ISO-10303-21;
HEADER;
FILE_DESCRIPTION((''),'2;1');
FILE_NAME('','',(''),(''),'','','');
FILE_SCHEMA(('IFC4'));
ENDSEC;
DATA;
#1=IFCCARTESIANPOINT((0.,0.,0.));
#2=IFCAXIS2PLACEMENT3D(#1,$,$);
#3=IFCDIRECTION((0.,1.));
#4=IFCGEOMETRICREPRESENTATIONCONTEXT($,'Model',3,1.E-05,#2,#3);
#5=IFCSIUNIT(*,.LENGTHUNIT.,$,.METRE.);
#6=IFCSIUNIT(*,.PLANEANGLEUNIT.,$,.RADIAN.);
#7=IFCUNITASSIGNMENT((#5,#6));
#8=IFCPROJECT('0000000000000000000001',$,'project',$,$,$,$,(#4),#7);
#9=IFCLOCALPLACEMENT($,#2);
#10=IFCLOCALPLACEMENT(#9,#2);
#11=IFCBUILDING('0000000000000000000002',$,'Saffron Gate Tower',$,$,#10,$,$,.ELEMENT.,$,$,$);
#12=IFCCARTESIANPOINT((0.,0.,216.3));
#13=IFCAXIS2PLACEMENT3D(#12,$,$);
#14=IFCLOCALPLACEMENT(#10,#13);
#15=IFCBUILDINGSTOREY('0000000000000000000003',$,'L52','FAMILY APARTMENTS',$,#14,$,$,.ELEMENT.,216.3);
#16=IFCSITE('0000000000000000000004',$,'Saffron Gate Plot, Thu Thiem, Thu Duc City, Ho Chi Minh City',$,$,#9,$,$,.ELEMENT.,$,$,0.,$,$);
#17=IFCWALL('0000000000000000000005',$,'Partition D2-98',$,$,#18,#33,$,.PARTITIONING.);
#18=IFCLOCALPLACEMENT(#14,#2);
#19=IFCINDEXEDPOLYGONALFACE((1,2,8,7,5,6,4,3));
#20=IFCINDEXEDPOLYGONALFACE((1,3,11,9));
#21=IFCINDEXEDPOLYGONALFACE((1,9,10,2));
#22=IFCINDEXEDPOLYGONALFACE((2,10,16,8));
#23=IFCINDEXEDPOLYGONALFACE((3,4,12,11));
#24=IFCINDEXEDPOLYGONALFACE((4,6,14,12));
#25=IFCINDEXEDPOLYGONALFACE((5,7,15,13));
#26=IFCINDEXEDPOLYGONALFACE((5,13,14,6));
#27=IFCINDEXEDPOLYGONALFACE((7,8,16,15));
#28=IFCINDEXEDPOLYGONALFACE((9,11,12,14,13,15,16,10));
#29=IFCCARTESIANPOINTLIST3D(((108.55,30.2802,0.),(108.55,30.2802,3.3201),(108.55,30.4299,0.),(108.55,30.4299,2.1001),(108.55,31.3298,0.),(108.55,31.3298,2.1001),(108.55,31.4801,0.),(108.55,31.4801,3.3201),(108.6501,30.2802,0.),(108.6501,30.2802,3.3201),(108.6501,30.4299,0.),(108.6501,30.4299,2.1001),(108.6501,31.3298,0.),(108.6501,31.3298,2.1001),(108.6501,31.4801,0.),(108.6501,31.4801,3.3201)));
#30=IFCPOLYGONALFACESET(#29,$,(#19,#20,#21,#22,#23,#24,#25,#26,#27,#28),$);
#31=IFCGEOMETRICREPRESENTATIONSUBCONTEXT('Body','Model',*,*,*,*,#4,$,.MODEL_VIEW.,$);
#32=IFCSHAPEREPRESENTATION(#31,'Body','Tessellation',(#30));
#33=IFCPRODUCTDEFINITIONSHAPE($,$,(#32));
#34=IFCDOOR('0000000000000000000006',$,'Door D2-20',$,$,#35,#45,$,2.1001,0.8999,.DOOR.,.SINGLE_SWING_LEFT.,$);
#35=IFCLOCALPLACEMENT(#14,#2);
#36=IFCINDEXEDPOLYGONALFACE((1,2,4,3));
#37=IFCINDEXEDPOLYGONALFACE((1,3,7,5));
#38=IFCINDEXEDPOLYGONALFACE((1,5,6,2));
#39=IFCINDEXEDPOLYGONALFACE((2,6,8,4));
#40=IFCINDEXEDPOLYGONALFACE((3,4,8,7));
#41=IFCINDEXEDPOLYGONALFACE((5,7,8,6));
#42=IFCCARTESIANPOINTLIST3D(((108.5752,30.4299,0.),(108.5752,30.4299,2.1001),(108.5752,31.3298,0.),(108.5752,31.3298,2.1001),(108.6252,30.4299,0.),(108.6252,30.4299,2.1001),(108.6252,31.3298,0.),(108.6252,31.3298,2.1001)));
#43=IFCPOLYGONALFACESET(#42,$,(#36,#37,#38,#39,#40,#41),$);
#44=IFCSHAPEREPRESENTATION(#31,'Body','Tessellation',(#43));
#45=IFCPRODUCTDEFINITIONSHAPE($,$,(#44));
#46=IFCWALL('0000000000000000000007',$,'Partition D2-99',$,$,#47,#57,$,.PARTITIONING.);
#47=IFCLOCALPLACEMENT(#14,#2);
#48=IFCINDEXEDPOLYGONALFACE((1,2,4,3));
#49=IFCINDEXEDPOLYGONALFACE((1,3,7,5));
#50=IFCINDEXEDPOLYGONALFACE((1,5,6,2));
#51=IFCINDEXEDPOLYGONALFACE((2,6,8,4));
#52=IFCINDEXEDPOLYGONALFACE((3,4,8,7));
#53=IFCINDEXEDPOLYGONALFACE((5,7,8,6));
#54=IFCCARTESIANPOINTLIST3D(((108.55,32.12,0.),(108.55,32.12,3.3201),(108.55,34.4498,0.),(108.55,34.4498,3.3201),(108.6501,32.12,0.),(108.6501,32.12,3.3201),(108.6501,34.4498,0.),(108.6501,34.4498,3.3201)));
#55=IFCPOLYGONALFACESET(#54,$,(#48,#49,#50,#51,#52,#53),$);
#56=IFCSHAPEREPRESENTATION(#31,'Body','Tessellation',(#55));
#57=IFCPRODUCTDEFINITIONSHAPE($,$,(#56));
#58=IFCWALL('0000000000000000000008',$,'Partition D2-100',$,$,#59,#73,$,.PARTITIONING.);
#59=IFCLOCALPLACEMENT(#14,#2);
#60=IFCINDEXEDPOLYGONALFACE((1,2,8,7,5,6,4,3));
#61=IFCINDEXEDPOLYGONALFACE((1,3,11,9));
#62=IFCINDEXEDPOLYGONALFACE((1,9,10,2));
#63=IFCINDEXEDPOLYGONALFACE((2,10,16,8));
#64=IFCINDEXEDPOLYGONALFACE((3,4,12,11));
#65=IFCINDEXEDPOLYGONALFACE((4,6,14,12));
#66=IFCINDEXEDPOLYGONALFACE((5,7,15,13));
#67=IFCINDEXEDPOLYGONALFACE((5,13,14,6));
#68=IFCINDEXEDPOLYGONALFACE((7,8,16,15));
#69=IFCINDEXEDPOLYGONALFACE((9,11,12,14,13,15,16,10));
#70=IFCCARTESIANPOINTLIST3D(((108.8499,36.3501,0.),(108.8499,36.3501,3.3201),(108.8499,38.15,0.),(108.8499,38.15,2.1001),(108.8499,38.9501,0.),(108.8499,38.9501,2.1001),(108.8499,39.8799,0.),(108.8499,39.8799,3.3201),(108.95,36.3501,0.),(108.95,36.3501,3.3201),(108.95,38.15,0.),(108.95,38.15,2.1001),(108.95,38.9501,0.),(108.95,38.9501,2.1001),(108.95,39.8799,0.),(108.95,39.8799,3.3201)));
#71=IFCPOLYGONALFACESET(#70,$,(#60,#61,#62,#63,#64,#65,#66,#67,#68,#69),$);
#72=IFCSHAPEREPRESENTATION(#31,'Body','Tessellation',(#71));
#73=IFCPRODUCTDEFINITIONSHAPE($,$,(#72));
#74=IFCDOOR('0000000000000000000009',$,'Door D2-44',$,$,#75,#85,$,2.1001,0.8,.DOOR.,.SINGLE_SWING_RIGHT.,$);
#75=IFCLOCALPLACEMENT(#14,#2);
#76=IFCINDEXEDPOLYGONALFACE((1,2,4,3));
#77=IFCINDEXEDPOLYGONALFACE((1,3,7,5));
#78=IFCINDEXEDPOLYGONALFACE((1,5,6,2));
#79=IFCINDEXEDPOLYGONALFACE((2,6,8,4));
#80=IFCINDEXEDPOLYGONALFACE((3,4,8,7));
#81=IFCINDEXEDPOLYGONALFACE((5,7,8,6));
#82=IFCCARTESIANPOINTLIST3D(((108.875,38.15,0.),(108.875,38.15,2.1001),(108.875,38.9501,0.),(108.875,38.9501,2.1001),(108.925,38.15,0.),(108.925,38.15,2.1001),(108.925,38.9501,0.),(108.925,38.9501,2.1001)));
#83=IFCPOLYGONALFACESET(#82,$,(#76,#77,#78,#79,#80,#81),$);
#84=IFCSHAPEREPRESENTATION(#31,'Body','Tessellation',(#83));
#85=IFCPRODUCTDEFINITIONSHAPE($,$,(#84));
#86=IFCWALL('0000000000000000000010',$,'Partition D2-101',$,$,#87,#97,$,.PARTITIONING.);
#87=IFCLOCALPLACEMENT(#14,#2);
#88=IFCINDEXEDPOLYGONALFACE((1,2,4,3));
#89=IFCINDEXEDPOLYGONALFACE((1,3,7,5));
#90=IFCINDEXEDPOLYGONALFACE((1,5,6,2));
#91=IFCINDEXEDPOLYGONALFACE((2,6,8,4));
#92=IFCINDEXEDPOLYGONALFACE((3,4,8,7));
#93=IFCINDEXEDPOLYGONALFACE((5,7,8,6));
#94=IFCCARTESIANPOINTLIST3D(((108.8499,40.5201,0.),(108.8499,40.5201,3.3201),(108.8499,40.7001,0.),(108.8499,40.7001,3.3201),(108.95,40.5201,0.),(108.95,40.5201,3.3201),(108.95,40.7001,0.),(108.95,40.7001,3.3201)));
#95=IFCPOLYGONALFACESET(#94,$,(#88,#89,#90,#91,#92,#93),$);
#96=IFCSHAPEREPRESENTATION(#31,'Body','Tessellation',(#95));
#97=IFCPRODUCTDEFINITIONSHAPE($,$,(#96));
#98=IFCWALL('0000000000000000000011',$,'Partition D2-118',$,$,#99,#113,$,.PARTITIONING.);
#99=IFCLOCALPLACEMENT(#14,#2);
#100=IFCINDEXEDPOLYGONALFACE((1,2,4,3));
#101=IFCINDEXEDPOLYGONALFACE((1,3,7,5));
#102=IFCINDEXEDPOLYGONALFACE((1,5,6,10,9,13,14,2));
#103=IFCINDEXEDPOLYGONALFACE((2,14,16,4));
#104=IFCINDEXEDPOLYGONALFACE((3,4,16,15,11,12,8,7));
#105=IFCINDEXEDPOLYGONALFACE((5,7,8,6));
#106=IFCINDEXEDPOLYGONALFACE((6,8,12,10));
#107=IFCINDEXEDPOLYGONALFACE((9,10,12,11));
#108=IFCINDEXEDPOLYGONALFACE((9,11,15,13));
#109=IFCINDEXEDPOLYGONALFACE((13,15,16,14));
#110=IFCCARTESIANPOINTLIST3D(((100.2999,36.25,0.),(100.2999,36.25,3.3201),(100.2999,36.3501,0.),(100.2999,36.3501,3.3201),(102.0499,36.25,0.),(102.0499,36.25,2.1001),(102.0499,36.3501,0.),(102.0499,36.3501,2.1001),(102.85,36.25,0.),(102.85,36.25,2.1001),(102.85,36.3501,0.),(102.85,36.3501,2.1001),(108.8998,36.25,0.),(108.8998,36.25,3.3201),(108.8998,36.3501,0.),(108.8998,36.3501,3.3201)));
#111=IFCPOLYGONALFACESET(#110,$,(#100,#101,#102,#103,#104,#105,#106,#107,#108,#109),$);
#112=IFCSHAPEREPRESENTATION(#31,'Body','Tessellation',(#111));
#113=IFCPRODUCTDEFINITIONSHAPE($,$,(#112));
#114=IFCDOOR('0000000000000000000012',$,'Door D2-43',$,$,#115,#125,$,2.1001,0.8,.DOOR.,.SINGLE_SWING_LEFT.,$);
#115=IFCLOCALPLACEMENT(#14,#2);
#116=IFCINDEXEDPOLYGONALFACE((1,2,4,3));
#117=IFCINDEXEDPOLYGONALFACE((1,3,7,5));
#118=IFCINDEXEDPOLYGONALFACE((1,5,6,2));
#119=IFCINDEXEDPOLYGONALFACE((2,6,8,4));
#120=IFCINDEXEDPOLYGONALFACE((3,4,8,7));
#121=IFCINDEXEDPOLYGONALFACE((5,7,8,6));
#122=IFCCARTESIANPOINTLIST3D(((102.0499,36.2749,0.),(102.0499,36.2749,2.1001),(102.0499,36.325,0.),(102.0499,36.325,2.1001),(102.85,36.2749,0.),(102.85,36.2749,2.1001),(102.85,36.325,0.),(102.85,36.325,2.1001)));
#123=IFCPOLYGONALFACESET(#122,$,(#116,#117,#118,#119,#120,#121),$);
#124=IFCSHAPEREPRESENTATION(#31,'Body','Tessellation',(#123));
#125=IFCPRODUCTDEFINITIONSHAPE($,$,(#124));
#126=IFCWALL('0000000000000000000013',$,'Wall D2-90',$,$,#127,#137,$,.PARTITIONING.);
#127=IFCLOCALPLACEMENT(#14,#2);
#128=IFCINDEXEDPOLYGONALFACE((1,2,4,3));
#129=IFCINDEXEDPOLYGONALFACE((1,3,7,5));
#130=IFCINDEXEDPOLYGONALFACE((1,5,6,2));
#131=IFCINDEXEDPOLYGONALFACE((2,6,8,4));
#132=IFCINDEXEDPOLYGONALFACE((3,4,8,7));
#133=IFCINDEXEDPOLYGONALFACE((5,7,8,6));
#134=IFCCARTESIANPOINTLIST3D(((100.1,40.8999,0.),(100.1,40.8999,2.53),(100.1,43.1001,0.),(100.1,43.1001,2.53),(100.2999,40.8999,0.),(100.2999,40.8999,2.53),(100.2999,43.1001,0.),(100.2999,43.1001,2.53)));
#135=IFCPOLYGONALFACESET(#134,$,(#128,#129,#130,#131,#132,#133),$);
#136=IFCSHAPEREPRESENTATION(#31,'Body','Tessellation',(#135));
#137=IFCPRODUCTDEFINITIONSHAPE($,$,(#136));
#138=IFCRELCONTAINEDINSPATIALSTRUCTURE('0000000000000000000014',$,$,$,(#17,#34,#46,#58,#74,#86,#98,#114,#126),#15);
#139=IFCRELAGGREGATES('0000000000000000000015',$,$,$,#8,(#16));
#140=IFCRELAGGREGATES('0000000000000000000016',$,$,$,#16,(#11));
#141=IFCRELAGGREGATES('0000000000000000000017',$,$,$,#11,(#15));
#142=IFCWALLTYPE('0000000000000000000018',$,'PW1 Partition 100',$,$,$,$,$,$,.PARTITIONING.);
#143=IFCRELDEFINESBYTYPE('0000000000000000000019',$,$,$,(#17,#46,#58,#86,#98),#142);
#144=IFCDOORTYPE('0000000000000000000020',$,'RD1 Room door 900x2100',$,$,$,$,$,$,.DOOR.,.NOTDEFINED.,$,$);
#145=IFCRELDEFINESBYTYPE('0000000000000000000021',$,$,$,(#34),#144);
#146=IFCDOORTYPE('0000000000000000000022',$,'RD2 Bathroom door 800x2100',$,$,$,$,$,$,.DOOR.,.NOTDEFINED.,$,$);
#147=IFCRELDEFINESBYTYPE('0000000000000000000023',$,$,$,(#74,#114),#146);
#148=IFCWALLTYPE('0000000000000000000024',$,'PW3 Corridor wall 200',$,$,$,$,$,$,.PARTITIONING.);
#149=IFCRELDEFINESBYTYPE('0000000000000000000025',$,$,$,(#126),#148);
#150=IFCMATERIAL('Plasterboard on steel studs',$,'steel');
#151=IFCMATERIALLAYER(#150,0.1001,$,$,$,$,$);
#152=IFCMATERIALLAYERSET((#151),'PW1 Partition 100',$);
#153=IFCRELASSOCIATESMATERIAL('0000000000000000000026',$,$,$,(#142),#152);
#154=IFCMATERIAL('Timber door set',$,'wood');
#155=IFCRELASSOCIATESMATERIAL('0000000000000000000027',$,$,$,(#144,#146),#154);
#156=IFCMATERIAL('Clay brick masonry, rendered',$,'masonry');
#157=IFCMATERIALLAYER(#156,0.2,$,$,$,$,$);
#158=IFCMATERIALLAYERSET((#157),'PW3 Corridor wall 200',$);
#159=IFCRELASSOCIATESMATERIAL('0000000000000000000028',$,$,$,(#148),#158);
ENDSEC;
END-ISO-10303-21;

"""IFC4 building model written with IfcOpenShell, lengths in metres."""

from ifc_helpers import new_model, si_unit, direction, frame, frame_2d, origin, place, context, subcontext, project, spatial, rectangle, extrude, material, layer, layer_set, type_object, element, fill, save


model = new_model("IFC4")

# Units and contexts
model_context = context("Model", 3, precision=1e-05, world=origin(), true_north=direction((0.0, 1.0)))
body_context = subcontext(model_context, "Body", "Model", "MODEL_VIEW")
ifc_project = project(units=[si_unit("LENGTHUNIT", "METRE"), si_unit("PLANEANGLEUNIT", "RADIAN")], contexts=[model_context])

# Site, building, storey
site_placement = place(None, origin())
site = spatial("IfcSite", under=ifc_project, at=site_placement, Name="Saffron Gate Plot, Thu Thiem, Thu Duc City, Ho Chi Minh City", CompositionType="ELEMENT", RefElevation=0.0)
building_placement = place(site_placement, origin())
building = spatial("IfcBuilding", under=site, at=building_placement, Name="Saffron Gate Tower", CompositionType="ELEMENT")
storey_placement = place(building_placement, frame((0.0, 0.0, 216.3)))
storey = spatial("IfcBuildingStorey", under=building, at=storey_placement, Name="L52", Description="FAMILY APARTMENTS", CompositionType="ELEMENT", Elevation=216.3)

# Shared definitions
ifc_material_1 = material(Name="Plasterboard on steel studs", Category="steel")
ifc_layer_1 = layer(ifc_material_1, 0.1001)
ifc_layer_set_1 = layer_set([ifc_layer_1], Name="PW1 Partition 100")
wall_type_1 = type_object("IfcWallType", Name="PW1 Partition 100", PredefinedType="PARTITIONING", material=ifc_layer_set_1)

# Wall, opening, door
wall_1_placement = place(storey_placement, frame((108.6001, 30.28, 0.0), z_axis=(0.0, 0.0, 1.0), x_axis=(0.0, 1.0, 0.0)))
wall_1 = element("IfcWall", 1, at=wall_1_placement, inside=storey, type_object=wall_type_1, Name="Partition D2-98", PredefinedType="PARTITIONING", context=body_context, shape_type="SweptSolid", body=[
    extrude(rectangle(XDim=1.2, YDim=0.1001, at=frame_2d((0.6001, 0.0))), origin(), (0.0, 0.0, 1.0), 3.3201),
])
opening_1_placement = place(wall_1_placement, frame((0.1499, 0.0, 0.0)))
opening_1 = element("IfcOpeningElement", 2, at=opening_1_placement, cuts=wall_1, PredefinedType="OPENING", context=body_context, shape_type="SweptSolid", body=[
    extrude(rectangle(XDim=0.8999, YDim=2.1001, at=frame_2d((0.45, 1.05))), frame((0.0, 0.0601, 0.0), z_axis=(0.0, -1.0, 0.0), x_axis=(1.0, 0.0, 0.0)), (0.0, 0.0, 1.0), 0.1201),
])
ifc_material_2 = material(Name="Timber door set", Category="wood")
door_type_1 = type_object("IfcDoorType", Name="RD1 Room door 900x2100", OperationType="NOTDEFINED", PredefinedType="DOOR", material=ifc_material_2)
door_1_placement = place(opening_1_placement, origin())
door_1 = element("IfcDoor", 3, at=door_1_placement, inside=storey, type_object=door_type_1, Name="Door D2-20", OperationType="SINGLE_SWING_LEFT", OverallHeight=2.1001, OverallWidth=0.8999, PredefinedType="DOOR", context=body_context, shape_type="SweptSolid", body=[
    extrude(rectangle(XDim=0.8999, YDim=2.1001, at=frame_2d((0.45, 1.05))), frame((0.0, 0.0249, 0.0), z_axis=(0.0, -1.0, 0.0), x_axis=(1.0, 0.0, 0.0)), (0.0, 0.0, 1.0), 0.05),
])
fill(opening_1, door_1)

# Wall
wall_2_placement = place(storey_placement, frame((108.6001, 34.45, 0.0), z_axis=(0.0, 0.0, 1.0), x_axis=(0.0, -1.0, 0.0)))
element("IfcWall", 4, at=wall_2_placement, inside=storey, type_object=wall_type_1, Name="Partition D2-99", PredefinedType="PARTITIONING", context=body_context, shape_type="SweptSolid", body=[
    extrude(rectangle(XDim=2.3298, YDim=0.1001, at=frame_2d((1.165, 0.0))), origin(), (0.0, 0.0, 1.0), 3.3201),
])

# Wall, opening, door
wall_3_placement = place(storey_placement, frame((108.8999, 36.3501, 0.0), z_axis=(0.0, 0.0, 1.0), x_axis=(0.0, 1.0, 0.0)))
wall_3 = element("IfcWall", 5, at=wall_3_placement, inside=storey, type_object=wall_type_1, Name="Partition D2-100", PredefinedType="PARTITIONING", context=body_context, shape_type="SweptSolid", body=[
    extrude(rectangle(XDim=3.5298, YDim=0.1001, at=frame_2d((1.7649, 0.0))), origin(), (0.0, 0.0, 1.0), 3.3201),
])
opening_2_placement = place(wall_3_placement, frame((1.8, 0.0, 0.0)))
opening_2 = element("IfcOpeningElement", 6, at=opening_2_placement, cuts=wall_3, PredefinedType="OPENING", context=body_context, shape_type="SweptSolid", body=[
    extrude(rectangle(XDim=0.8, YDim=2.1001, at=frame_2d((0.3999, 1.05))), frame((0.0, 0.0601, 0.0), z_axis=(0.0, -1.0, 0.0), x_axis=(1.0, 0.0, 0.0)), (0.0, 0.0, 1.0), 0.1201),
])
door_type_2 = type_object("IfcDoorType", Name="RD2 Bathroom door 800x2100", OperationType="NOTDEFINED", PredefinedType="DOOR", material=ifc_material_2)
door_2_placement = place(opening_2_placement, origin())
door_2 = element("IfcDoor", 7, at=door_2_placement, inside=storey, type_object=door_type_2, Name="Door D2-44", OperationType="SINGLE_SWING_RIGHT", OverallHeight=2.1001, OverallWidth=0.8, PredefinedType="DOOR", context=body_context, shape_type="SweptSolid", body=[
    extrude(rectangle(XDim=0.8, YDim=2.1001, at=frame_2d((0.3999, 1.05))), frame((0.0, 0.0249, 0.0), z_axis=(0.0, -1.0, 0.0), x_axis=(1.0, 0.0, 0.0)), (0.0, 0.0, 1.0), 0.05),
])
fill(opening_2, door_2)

# Wall
wall_4_placement = place(storey_placement, frame((108.8999, 40.7, 0.0), z_axis=(0.0, 0.0, 1.0), x_axis=(0.0, -1.0, 0.0)))
element("IfcWall", 8, at=wall_4_placement, inside=storey, type_object=wall_type_1, Name="Partition D2-101", PredefinedType="PARTITIONING", context=body_context, shape_type="SweptSolid", body=[
    extrude(rectangle(XDim=0.1799, YDim=0.1001, at=frame_2d((0.0898, 0.0))), origin(), (0.0, 0.0, 1.0), 3.3201),
])

# Wall, opening, door
wall_5_placement = place(storey_placement, frame((100.3, 36.3, 0.0), z_axis=(0.0, 0.0, 1.0), x_axis=(1.0, 0.0, 0.0)))
wall_5 = element("IfcWall", 9, at=wall_5_placement, inside=storey, type_object=wall_type_1, Name="Partition D2-118", PredefinedType="PARTITIONING", context=body_context, shape_type="SweptSolid", body=[
    extrude(rectangle(XDim=8.5999, YDim=0.1001, at=frame_2d((4.2998, 0.0))), origin(), (0.0, 0.0, 1.0), 3.3201),
])
opening_3_placement = place(wall_5_placement, frame((1.75, 0.0, 0.0)))
opening_3 = element("IfcOpeningElement", 10, at=opening_3_placement, cuts=wall_5, PredefinedType="OPENING", context=body_context, shape_type="SweptSolid", body=[
    extrude(rectangle(XDim=0.8, YDim=2.1001, at=frame_2d((0.3999, 1.05))), frame((0.0, 0.0601, 0.0), z_axis=(0.0, -1.0, 0.0), x_axis=(1.0, 0.0, 0.0)), (0.0, 0.0, 1.0), 0.1201),
])
door_3_placement = place(opening_3_placement, origin())
door_3 = element("IfcDoor", 11, at=door_3_placement, inside=storey, type_object=door_type_2, Name="Door D2-43", OperationType="SINGLE_SWING_LEFT", OverallHeight=2.1001, OverallWidth=0.8, PredefinedType="DOOR", context=body_context, shape_type="SweptSolid", body=[
    extrude(rectangle(XDim=0.8, YDim=2.1001, at=frame_2d((0.3999, 1.05))), frame((0.0, 0.0249, 0.0), z_axis=(0.0, -1.0, 0.0), x_axis=(1.0, 0.0, 0.0)), (0.0, 0.0, 1.0), 0.05),
])
fill(opening_3, door_3)

# Wall
ifc_material_3 = material(Name="Clay brick masonry, rendered", Category="masonry")
ifc_layer_2 = layer(ifc_material_3, 0.2)
ifc_layer_set_2 = layer_set([ifc_layer_2], Name="PW3 Corridor wall 200")
wall_type_2 = type_object("IfcWallType", Name="PW3 Corridor wall 200", PredefinedType="PARTITIONING", material=ifc_layer_set_2)
wall_6_placement = place(storey_placement, frame((100.2, 43.1001, 0.0), z_axis=(0.0, 0.0, 1.0), x_axis=(0.0, -1.0, 0.0)))
element("IfcWall", 12, at=wall_6_placement, inside=storey, type_object=wall_type_2, Name="Wall D2-90", PredefinedType="PARTITIONING", context=body_context, shape_type="SweptSolid", body=[
    extrude(rectangle(XDim=2.2002, YDim=0.2, at=frame_2d((1.1001, 0.0))), origin(), (0.0, 0.0, 1.0), 2.53),
])

save(model, "model.ifc")
